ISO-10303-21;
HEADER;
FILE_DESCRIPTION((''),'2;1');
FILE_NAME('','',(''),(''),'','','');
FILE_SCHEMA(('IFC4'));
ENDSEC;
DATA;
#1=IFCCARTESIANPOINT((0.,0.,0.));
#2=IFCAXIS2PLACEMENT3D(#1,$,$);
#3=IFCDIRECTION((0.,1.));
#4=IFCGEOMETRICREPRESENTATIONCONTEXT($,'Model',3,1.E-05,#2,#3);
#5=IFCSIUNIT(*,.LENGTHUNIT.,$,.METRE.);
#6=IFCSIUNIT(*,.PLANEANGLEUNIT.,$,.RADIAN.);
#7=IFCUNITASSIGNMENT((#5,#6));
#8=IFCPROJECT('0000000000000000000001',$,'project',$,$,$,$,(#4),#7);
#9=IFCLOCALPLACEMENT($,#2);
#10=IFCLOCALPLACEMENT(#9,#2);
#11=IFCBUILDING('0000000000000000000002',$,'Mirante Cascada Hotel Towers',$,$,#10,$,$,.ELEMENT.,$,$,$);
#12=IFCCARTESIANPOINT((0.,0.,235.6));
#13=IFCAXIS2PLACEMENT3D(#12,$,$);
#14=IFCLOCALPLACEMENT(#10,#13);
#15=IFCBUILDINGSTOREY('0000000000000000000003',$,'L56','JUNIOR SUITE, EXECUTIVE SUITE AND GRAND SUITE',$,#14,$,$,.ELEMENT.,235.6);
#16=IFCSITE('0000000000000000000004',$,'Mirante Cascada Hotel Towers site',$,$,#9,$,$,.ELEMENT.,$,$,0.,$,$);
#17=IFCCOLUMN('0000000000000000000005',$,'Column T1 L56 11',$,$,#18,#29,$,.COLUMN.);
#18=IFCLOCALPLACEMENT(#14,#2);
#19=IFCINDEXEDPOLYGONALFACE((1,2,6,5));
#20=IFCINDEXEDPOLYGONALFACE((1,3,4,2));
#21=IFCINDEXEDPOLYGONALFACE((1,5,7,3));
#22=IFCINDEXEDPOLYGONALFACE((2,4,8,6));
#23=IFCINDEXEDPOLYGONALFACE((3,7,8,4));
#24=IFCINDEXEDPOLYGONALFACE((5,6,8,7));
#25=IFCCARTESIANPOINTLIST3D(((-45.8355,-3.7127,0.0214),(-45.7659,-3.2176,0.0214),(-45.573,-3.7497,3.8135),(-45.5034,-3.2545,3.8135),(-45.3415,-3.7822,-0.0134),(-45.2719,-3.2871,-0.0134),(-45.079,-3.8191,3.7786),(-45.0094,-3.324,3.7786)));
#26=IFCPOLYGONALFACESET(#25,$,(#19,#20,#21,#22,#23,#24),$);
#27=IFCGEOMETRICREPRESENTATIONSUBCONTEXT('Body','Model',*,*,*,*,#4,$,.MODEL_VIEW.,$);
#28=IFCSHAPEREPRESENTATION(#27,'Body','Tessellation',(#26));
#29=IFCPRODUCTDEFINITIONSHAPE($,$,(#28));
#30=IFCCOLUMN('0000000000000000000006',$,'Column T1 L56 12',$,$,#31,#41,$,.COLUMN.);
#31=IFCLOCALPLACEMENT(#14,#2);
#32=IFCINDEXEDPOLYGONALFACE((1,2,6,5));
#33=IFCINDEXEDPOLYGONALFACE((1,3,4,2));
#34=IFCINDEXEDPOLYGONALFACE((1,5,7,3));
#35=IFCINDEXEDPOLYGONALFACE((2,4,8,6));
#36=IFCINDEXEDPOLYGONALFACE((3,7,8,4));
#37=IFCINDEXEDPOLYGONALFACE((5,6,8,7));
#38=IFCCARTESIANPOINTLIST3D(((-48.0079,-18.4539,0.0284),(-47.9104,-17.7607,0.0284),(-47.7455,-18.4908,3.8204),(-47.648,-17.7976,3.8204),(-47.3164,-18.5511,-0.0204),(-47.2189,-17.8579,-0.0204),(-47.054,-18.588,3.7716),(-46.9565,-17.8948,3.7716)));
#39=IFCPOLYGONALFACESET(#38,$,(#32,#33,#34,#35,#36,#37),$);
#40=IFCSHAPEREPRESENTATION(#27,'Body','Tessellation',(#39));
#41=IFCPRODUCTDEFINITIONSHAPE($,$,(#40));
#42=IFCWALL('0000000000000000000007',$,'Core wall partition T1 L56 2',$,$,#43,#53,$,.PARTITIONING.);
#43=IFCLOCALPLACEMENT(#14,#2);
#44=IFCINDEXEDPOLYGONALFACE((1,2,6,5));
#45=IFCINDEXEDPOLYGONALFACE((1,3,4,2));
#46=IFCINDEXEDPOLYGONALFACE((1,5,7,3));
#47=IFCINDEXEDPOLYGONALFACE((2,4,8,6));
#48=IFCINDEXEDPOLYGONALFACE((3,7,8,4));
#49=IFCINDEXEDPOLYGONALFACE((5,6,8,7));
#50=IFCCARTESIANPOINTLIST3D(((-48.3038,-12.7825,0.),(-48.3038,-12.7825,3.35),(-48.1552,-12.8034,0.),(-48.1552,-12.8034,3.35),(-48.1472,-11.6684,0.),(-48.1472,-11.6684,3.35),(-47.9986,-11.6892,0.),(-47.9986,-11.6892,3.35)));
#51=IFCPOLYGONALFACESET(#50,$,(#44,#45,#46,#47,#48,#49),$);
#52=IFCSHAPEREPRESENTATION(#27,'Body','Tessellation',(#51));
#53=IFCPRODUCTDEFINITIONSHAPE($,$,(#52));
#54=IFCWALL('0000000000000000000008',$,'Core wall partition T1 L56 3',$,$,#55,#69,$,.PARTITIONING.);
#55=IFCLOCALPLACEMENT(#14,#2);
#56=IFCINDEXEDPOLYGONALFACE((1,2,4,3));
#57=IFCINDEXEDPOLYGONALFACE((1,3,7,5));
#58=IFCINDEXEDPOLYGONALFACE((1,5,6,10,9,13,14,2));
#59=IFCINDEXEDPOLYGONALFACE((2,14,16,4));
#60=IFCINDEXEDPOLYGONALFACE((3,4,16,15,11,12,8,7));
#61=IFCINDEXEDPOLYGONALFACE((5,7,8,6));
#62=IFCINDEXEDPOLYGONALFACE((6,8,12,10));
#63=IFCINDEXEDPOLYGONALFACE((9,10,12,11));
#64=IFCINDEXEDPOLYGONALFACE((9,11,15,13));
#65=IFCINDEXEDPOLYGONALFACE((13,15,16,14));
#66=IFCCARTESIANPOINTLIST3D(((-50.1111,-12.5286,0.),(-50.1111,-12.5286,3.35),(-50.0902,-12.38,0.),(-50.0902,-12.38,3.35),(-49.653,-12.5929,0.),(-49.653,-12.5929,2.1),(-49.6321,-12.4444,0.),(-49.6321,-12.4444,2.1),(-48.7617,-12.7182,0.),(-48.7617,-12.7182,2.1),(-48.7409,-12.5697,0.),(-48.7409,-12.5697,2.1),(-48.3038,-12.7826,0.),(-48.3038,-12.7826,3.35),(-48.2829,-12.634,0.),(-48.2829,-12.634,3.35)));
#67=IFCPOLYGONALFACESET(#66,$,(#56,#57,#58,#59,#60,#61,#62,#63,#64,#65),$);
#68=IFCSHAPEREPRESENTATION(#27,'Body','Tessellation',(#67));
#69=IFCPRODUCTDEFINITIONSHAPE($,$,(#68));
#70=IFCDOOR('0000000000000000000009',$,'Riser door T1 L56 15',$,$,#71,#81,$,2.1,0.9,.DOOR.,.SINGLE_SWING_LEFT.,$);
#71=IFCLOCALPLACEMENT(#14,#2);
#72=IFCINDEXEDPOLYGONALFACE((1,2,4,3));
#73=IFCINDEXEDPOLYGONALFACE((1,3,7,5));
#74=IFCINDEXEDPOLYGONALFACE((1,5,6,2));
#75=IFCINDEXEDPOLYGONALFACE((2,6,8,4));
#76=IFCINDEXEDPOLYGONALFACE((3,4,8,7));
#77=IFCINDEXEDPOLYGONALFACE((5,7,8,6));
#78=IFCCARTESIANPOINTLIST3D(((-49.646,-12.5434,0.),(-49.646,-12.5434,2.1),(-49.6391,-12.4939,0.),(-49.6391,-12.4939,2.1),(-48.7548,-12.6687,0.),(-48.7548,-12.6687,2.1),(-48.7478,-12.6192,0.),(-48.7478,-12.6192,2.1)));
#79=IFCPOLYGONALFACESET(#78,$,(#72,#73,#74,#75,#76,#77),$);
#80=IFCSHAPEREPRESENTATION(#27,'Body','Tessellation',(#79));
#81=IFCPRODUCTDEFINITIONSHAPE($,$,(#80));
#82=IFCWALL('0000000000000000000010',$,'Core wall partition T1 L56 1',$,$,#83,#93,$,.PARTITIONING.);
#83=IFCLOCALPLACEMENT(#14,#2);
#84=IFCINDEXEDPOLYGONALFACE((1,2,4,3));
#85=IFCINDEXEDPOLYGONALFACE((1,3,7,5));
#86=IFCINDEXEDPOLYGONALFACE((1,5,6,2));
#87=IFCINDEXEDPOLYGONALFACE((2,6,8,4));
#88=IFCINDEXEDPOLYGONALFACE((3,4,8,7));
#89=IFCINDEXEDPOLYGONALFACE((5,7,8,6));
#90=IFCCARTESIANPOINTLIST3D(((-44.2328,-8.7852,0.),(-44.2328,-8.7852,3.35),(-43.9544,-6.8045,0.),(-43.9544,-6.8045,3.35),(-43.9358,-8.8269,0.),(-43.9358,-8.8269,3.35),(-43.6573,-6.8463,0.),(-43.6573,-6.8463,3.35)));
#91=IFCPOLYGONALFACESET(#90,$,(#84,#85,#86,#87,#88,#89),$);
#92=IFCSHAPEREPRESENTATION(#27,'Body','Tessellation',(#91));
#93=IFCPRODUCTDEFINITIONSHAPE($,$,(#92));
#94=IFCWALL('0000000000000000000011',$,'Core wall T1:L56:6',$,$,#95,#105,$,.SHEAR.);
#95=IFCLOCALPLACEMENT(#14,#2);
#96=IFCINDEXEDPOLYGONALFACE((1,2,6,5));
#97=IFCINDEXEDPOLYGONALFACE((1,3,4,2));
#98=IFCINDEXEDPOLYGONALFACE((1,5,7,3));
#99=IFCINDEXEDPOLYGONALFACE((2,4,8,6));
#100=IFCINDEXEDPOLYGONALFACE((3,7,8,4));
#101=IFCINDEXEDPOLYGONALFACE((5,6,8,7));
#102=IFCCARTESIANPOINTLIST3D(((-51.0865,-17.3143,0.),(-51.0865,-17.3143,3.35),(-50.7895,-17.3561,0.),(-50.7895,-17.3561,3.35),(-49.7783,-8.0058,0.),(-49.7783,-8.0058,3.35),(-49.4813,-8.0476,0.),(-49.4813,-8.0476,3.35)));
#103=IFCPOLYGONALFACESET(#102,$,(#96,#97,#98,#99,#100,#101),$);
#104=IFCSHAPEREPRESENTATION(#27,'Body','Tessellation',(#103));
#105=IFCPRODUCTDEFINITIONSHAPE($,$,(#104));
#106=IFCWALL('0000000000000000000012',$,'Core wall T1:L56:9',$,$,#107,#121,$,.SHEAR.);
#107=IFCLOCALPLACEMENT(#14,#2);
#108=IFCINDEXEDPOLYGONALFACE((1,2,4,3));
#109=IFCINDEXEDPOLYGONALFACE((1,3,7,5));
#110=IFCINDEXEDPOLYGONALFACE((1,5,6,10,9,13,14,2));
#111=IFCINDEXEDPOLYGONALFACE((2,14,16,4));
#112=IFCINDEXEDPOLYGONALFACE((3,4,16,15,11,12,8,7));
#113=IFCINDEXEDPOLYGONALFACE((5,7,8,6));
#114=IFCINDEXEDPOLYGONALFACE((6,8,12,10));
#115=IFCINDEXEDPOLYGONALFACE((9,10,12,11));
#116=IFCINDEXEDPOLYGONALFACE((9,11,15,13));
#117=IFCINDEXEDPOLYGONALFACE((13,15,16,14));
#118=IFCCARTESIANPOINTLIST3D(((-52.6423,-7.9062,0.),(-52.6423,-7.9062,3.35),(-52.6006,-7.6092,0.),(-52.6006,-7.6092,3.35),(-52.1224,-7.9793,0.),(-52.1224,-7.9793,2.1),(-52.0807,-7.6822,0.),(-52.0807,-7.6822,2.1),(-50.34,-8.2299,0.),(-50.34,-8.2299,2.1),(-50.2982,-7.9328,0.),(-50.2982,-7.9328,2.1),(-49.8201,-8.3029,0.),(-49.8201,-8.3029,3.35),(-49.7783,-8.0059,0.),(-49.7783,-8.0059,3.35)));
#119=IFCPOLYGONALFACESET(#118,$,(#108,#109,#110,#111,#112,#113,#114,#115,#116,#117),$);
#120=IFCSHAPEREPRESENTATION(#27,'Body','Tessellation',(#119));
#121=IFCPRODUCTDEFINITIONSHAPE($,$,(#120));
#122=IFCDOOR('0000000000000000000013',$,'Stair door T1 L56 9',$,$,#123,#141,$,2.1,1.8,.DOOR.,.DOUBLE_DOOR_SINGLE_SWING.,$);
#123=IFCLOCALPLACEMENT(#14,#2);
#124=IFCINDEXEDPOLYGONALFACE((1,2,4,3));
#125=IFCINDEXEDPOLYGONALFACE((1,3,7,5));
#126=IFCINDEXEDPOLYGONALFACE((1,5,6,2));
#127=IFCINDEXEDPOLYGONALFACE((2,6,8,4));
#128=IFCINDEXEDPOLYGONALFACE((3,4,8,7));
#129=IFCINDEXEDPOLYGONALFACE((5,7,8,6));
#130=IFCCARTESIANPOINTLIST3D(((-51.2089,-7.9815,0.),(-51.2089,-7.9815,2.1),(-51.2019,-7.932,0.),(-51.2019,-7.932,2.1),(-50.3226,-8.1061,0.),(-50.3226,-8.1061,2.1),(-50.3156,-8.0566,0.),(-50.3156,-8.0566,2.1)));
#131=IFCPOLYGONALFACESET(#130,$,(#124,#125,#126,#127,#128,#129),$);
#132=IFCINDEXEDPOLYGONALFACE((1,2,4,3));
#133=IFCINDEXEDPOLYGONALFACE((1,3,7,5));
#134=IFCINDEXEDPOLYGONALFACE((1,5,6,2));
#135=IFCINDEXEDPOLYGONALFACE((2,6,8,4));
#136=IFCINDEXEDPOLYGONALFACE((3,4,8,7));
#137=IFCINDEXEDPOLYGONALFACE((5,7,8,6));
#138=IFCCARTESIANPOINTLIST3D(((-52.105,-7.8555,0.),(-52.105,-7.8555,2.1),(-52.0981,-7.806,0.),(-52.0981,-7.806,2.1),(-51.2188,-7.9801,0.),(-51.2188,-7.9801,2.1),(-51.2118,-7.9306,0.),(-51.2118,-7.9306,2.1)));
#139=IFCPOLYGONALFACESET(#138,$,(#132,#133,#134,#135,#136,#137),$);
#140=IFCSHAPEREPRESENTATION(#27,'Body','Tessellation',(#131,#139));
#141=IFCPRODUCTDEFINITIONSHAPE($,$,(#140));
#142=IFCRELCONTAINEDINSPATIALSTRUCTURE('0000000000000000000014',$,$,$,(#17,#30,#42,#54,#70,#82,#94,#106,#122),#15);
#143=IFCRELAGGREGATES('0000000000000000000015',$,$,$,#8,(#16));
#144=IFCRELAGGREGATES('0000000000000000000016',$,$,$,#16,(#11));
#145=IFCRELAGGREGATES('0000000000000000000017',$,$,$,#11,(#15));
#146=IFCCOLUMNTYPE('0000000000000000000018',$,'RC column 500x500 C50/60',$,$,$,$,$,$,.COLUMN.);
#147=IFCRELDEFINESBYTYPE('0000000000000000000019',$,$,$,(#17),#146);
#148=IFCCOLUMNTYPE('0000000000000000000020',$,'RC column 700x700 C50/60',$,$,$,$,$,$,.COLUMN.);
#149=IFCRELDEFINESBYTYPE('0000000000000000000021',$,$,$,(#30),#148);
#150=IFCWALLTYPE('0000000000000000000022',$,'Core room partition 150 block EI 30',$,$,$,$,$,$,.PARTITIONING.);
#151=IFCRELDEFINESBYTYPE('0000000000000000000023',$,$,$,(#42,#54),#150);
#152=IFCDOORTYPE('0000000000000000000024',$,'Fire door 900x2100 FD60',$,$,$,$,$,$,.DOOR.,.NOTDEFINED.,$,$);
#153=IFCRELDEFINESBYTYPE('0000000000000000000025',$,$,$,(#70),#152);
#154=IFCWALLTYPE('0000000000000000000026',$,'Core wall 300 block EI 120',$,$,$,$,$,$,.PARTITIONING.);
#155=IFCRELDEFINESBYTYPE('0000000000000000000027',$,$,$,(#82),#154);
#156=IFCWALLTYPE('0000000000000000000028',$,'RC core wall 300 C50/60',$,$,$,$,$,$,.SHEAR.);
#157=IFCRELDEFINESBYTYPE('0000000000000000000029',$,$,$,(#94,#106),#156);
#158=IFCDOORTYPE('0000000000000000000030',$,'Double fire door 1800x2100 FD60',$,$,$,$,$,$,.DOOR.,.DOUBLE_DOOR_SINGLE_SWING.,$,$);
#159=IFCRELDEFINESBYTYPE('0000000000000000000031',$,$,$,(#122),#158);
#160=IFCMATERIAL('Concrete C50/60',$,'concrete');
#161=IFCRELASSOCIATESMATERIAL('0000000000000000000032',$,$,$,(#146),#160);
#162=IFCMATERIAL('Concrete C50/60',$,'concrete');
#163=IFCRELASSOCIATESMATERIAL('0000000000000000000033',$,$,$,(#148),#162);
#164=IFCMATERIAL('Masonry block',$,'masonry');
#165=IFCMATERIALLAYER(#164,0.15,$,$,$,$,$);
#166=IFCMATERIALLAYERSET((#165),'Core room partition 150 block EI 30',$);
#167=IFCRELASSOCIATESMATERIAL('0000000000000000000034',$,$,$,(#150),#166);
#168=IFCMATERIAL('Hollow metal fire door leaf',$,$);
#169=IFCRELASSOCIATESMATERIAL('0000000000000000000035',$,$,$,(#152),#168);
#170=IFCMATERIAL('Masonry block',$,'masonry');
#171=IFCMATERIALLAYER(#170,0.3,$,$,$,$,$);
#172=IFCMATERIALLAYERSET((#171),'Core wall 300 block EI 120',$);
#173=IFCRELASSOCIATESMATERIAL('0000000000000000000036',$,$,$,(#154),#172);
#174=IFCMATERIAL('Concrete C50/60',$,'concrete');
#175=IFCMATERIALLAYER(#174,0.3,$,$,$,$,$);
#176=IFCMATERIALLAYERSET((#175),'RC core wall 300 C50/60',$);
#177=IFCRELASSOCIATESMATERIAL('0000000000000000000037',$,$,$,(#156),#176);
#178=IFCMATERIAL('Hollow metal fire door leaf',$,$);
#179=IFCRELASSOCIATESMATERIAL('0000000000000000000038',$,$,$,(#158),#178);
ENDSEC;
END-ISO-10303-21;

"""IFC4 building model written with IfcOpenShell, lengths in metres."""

from ifc_helpers import new_model, si_unit, direction, frame, frame_2d, origin, origin_2d, place, context, subcontext, project, spatial, rectangle, extrude, material, layer, layer_set, material_profile, profile_set, type_object, element, fill, save


model = new_model("IFC4")

# Units and contexts
model_context = context("Model", 3, precision=1e-05, world=origin(), true_north=direction((0.0, 1.0)))
body_context = subcontext(model_context, "Body", "Model", "MODEL_VIEW")
ifc_project = project(units=[si_unit("LENGTHUNIT", "METRE"), si_unit("PLANEANGLEUNIT", "RADIAN")], contexts=[model_context])

# Site, building, storey
site_placement = place(None, origin())
site = spatial("IfcSite", under=ifc_project, at=site_placement, Name="Mirante Cascada Hotel Towers site", CompositionType="ELEMENT", RefElevation=0.0)
building_placement = place(site_placement, origin())
building = spatial("IfcBuilding", under=site, at=building_placement, Name="Mirante Cascada Hotel Towers", CompositionType="ELEMENT")
storey_placement = place(building_placement, frame((0.0, 0.0, 235.6)))
storey = spatial("IfcBuildingStorey", under=building, at=storey_placement, Name="L56", Description="JUNIOR SUITE, EXECUTIVE SUITE AND GRAND SUITE", CompositionType="ELEMENT", Elevation=235.6)

# Columns
ifc_material_1 = material(Name="Concrete C50/60", Category="concrete")
ifc_material_profile_1 = material_profile(ifc_material_1, rectangle(XDim=0.5, YDim=0.5, at=origin_2d()), Name="RC column 500x500 C50/60")
ifc_profile_set_1 = profile_set([ifc_material_profile_1], Name="Concrete C50/60")
column_type_1 = type_object("IfcColumnType", Name="RC column 500x500 C50/60", PredefinedType="COLUMN", material=ifc_profile_set_1)
column_1_placement = place(storey_placement, frame((-45.5537, -3.4999, 0.004), z_axis=(0.069056, -0.009707, 0.997565), x_axis=(0.139203, 0.990264, 0.0)))
element("IfcColumn", 1, at=column_1_placement, inside=storey, type_object=column_type_1, Name="Column T1 L56 11", PredefinedType="COLUMN", context=body_context, shape_type="SweptSolid", body=[
    extrude(rectangle(XDim=0.5, YDim=0.5, at=origin_2d()), origin(), (0.0, 0.0, 1.0), 3.8013),
])
ifc_material_2 = material(Name="Concrete C50/60", Category="concrete")
ifc_material_profile_2 = material_profile(ifc_material_2, rectangle(XDim=0.7, YDim=0.7, at=origin_2d()), Name="RC column 700x700 C50/60")
ifc_profile_set_2 = profile_set([ifc_material_profile_2], Name="Concrete C50/60")
column_type_2 = type_object("IfcColumnType", Name="RC column 700x700 C50/60", PredefinedType="COLUMN", material=ifc_profile_set_2)
column_2_placement = place(storey_placement, frame((-47.6134, -18.1559, 0.004), z_axis=(0.06903, -0.009707, 0.997567), x_axis=(0.139255, 0.990257, 0.0)))
element("IfcColumn", 2, at=column_2_placement, inside=storey, type_object=column_type_2, Name="Column T1 L56 12", PredefinedType="COLUMN", context=body_context, shape_type="SweptSolid", body=[
    extrude(rectangle(XDim=0.7, YDim=0.7, at=origin_2d()), origin(), (0.0, 0.0, 1.0), 3.8012),
])

# Wall
ifc_material_3 = material(Name="Masonry block", Category="masonry")
ifc_layer_1 = layer(ifc_material_3, 0.15)
ifc_layer_set_1 = layer_set([ifc_layer_1], Name="Core room partition 150 block EI 30")
wall_type_1 = type_object("IfcWallType", Name="Core room partition 150 block EI 30", PredefinedType="PARTITIONING", material=ifc_layer_set_1)
wall_1_placement = place(storey_placement, frame((-48.2295, -12.793, 0.0), z_axis=(0.0, 0.0, 1.0), x_axis=(0.139193, 0.990265, 0.0)))
element("IfcWall", 3, at=wall_1_placement, inside=storey, type_object=wall_type_1, Name="Core wall partition T1 L56 2", PredefinedType="PARTITIONING", context=body_context, shape_type="SweptSolid", body=[
    extrude(rectangle(XDim=1.1251, YDim=0.15, at=frame_2d((0.5626, 0.0))), origin(), (0.0, 0.0, 1.0), 3.35),
])

# Wall, opening, door
wall_2_placement = place(storey_placement, frame((-48.2933, -12.7083, 0.0), z_axis=(0.0, 0.0, 1.0), x_axis=(-0.990268, 0.139173, 0.0)))
wall_2 = element("IfcWall", 4, at=wall_2_placement, inside=storey, type_object=wall_type_1, Name="Core wall partition T1 L56 3", PredefinedType="PARTITIONING", context=body_context, shape_type="SweptSolid", body=[
    extrude(rectangle(XDim=1.8251, YDim=0.15, at=frame_2d((0.9126, 0.0))), origin(), (0.0, 0.0, 1.0), 3.35),
])
opening_1_placement = place(wall_2_placement, frame((0.4625, 0.0, 0.0)))
opening_1 = element("IfcOpeningElement", 5, at=opening_1_placement, cuts=wall_2, PredefinedType="OPENING", context=body_context, shape_type="SweptSolid", body=[
    extrude(rectangle(XDim=0.9, YDim=2.1, at=frame_2d((0.45, 1.05))), frame((0.0, 0.075, 0.0), z_axis=(0.0, -1.0, 0.0), x_axis=(1.0, 0.0, 0.0)), (0.0, 0.0, 1.0), 0.15),
])
ifc_material_4 = material(Name="Hollow metal fire door leaf")
door_type_1 = type_object("IfcDoorType", Name="Fire door 900x2100 FD60", OperationType="NOTDEFINED", PredefinedType="DOOR", material=ifc_material_4)
door_1_placement = place(opening_1_placement, origin())
door_1 = element("IfcDoor", 6, at=door_1_placement, inside=storey, type_object=door_type_1, Name="Riser door T1 L56 15", OperationType="SINGLE_SWING_LEFT", OverallHeight=2.1, OverallWidth=0.9, PredefinedType="DOOR", context=body_context, shape_type="SweptSolid", body=[
    extrude(rectangle(XDim=0.9, YDim=2.1, at=frame_2d((0.45, 1.05))), frame((0.0, 0.025, 0.0), z_axis=(0.0, -1.0, 0.0), x_axis=(1.0, 0.0, 0.0)), (0.0, 0.0, 1.0), 0.05),
])
fill(opening_1, door_1)

# Walls
ifc_material_5 = material(Name="Masonry block", Category="masonry")
ifc_layer_2 = layer(ifc_material_5, 0.3)
ifc_layer_set_2 = layer_set([ifc_layer_2], Name="Core wall 300 block EI 120")
wall_type_2 = type_object("IfcWallType", Name="Core wall 300 block EI 120", PredefinedType="PARTITIONING", material=ifc_layer_set_2)
wall_3_placement = place(storey_placement, frame((-44.0843, -8.8061, 0.0), z_axis=(0.0, 0.0, 1.0), x_axis=(0.139195, 0.990265, 0.0)))
element("IfcWall", 7, at=wall_3_placement, inside=storey, type_object=wall_type_2, Name="Core wall partition T1 L56 1", PredefinedType="PARTITIONING", context=body_context, shape_type="SweptSolid", body=[
    extrude(rectangle(XDim=2.0001, YDim=0.3, at=frame_2d((1.0001, 0.0))), origin(), (0.0, 0.0, 1.0), 3.35),
])
ifc_material_6 = material(Name="Concrete C50/60", Category="concrete")
ifc_layer_3 = layer(ifc_material_6, 0.3)
ifc_layer_set_3 = layer_set([ifc_layer_3], Name="RC core wall 300 C50/60")
wall_type_3 = type_object("IfcWallType", Name="RC core wall 300 C50/60", PredefinedType="SHEAR", material=ifc_layer_set_3)
wall_4_placement = place(storey_placement, frame((-50.938, -17.3352, 0.0), z_axis=(0.0, 0.0, 1.0), x_axis=(0.139171, 0.990268, 0.0)))
element("IfcWall", 8, at=wall_4_placement, inside=storey, type_object=wall_type_3, Name="Core wall T1:L56:6", PredefinedType="SHEAR", context=body_context, shape_type="SweptSolid", body=[
    extrude(rectangle(XDim=9.4, YDim=0.3, at=frame_2d((4.7, 0.0))), origin(), (0.0, 0.0, 1.0), 3.35),
])

# Wall, opening, door
wall_5_placement = place(storey_placement, frame((-49.7992, -8.1544, 0.0), z_axis=(0.0, 0.0, 1.0), x_axis=(-0.990266, 0.139191, 0.0)))
wall_5 = element("IfcWall", 9, at=wall_5_placement, inside=storey, type_object=wall_type_3, Name="Core wall T1:L56:9", PredefinedType="SHEAR", context=body_context, shape_type="SweptSolid", body=[
    extrude(rectangle(XDim=2.85, YDim=0.3, at=frame_2d((1.425, 0.0))), origin(), (0.0, 0.0, 1.0), 3.35),
])
opening_2_placement = place(wall_5_placement, frame((0.525, 0.0, 0.0)))
opening_2 = element("IfcOpeningElement", 10, at=opening_2_placement, cuts=wall_5, PredefinedType="OPENING", context=body_context, shape_type="SweptSolid", body=[
    extrude(rectangle(XDim=1.8, YDim=2.1, at=frame_2d((0.9, 1.05))), frame((0.0, 0.15, 0.0), z_axis=(0.0, -1.0, 0.0), x_axis=(1.0, 0.0, 0.0)), (0.0, 0.0, 1.0), 0.3),
])
ifc_material_7 = material(Name="Hollow metal fire door leaf")
door_type_2 = type_object("IfcDoorType", Name="Double fire door 1800x2100 FD60", OperationType="DOUBLE_DOOR_SINGLE_SWING", PredefinedType="DOOR", material=ifc_material_7)
door_2_placement = place(opening_2_placement, origin())
door_2 = element("IfcDoor", 11, at=door_2_placement, inside=storey, type_object=door_type_2, Name="Stair door T1 L56 9", OperationType="DOUBLE_DOOR_SINGLE_SWING", OverallHeight=2.1, OverallWidth=1.8, PredefinedType="DOOR", context=body_context, shape_type="SweptSolid", body=[
    extrude(rectangle(XDim=0.895, YDim=2.1, at=frame_2d((0.4475, 1.05))), frame((0.0, 0.025, 0.0), z_axis=(0.0, -1.0, 0.0), x_axis=(1.0, 0.0, 0.0)), (0.0, 0.0, 1.0), 0.05),
    extrude(rectangle(XDim=0.895, YDim=2.1, at=frame_2d((1.3525, 1.05))), frame((0.0, 0.025, 0.0), z_axis=(0.0, -1.0, 0.0), x_axis=(1.0, 0.0, 0.0)), (0.0, 0.0, 1.0), 0.05),
])
fill(opening_2, door_2)

save(model, "model.ifc")
